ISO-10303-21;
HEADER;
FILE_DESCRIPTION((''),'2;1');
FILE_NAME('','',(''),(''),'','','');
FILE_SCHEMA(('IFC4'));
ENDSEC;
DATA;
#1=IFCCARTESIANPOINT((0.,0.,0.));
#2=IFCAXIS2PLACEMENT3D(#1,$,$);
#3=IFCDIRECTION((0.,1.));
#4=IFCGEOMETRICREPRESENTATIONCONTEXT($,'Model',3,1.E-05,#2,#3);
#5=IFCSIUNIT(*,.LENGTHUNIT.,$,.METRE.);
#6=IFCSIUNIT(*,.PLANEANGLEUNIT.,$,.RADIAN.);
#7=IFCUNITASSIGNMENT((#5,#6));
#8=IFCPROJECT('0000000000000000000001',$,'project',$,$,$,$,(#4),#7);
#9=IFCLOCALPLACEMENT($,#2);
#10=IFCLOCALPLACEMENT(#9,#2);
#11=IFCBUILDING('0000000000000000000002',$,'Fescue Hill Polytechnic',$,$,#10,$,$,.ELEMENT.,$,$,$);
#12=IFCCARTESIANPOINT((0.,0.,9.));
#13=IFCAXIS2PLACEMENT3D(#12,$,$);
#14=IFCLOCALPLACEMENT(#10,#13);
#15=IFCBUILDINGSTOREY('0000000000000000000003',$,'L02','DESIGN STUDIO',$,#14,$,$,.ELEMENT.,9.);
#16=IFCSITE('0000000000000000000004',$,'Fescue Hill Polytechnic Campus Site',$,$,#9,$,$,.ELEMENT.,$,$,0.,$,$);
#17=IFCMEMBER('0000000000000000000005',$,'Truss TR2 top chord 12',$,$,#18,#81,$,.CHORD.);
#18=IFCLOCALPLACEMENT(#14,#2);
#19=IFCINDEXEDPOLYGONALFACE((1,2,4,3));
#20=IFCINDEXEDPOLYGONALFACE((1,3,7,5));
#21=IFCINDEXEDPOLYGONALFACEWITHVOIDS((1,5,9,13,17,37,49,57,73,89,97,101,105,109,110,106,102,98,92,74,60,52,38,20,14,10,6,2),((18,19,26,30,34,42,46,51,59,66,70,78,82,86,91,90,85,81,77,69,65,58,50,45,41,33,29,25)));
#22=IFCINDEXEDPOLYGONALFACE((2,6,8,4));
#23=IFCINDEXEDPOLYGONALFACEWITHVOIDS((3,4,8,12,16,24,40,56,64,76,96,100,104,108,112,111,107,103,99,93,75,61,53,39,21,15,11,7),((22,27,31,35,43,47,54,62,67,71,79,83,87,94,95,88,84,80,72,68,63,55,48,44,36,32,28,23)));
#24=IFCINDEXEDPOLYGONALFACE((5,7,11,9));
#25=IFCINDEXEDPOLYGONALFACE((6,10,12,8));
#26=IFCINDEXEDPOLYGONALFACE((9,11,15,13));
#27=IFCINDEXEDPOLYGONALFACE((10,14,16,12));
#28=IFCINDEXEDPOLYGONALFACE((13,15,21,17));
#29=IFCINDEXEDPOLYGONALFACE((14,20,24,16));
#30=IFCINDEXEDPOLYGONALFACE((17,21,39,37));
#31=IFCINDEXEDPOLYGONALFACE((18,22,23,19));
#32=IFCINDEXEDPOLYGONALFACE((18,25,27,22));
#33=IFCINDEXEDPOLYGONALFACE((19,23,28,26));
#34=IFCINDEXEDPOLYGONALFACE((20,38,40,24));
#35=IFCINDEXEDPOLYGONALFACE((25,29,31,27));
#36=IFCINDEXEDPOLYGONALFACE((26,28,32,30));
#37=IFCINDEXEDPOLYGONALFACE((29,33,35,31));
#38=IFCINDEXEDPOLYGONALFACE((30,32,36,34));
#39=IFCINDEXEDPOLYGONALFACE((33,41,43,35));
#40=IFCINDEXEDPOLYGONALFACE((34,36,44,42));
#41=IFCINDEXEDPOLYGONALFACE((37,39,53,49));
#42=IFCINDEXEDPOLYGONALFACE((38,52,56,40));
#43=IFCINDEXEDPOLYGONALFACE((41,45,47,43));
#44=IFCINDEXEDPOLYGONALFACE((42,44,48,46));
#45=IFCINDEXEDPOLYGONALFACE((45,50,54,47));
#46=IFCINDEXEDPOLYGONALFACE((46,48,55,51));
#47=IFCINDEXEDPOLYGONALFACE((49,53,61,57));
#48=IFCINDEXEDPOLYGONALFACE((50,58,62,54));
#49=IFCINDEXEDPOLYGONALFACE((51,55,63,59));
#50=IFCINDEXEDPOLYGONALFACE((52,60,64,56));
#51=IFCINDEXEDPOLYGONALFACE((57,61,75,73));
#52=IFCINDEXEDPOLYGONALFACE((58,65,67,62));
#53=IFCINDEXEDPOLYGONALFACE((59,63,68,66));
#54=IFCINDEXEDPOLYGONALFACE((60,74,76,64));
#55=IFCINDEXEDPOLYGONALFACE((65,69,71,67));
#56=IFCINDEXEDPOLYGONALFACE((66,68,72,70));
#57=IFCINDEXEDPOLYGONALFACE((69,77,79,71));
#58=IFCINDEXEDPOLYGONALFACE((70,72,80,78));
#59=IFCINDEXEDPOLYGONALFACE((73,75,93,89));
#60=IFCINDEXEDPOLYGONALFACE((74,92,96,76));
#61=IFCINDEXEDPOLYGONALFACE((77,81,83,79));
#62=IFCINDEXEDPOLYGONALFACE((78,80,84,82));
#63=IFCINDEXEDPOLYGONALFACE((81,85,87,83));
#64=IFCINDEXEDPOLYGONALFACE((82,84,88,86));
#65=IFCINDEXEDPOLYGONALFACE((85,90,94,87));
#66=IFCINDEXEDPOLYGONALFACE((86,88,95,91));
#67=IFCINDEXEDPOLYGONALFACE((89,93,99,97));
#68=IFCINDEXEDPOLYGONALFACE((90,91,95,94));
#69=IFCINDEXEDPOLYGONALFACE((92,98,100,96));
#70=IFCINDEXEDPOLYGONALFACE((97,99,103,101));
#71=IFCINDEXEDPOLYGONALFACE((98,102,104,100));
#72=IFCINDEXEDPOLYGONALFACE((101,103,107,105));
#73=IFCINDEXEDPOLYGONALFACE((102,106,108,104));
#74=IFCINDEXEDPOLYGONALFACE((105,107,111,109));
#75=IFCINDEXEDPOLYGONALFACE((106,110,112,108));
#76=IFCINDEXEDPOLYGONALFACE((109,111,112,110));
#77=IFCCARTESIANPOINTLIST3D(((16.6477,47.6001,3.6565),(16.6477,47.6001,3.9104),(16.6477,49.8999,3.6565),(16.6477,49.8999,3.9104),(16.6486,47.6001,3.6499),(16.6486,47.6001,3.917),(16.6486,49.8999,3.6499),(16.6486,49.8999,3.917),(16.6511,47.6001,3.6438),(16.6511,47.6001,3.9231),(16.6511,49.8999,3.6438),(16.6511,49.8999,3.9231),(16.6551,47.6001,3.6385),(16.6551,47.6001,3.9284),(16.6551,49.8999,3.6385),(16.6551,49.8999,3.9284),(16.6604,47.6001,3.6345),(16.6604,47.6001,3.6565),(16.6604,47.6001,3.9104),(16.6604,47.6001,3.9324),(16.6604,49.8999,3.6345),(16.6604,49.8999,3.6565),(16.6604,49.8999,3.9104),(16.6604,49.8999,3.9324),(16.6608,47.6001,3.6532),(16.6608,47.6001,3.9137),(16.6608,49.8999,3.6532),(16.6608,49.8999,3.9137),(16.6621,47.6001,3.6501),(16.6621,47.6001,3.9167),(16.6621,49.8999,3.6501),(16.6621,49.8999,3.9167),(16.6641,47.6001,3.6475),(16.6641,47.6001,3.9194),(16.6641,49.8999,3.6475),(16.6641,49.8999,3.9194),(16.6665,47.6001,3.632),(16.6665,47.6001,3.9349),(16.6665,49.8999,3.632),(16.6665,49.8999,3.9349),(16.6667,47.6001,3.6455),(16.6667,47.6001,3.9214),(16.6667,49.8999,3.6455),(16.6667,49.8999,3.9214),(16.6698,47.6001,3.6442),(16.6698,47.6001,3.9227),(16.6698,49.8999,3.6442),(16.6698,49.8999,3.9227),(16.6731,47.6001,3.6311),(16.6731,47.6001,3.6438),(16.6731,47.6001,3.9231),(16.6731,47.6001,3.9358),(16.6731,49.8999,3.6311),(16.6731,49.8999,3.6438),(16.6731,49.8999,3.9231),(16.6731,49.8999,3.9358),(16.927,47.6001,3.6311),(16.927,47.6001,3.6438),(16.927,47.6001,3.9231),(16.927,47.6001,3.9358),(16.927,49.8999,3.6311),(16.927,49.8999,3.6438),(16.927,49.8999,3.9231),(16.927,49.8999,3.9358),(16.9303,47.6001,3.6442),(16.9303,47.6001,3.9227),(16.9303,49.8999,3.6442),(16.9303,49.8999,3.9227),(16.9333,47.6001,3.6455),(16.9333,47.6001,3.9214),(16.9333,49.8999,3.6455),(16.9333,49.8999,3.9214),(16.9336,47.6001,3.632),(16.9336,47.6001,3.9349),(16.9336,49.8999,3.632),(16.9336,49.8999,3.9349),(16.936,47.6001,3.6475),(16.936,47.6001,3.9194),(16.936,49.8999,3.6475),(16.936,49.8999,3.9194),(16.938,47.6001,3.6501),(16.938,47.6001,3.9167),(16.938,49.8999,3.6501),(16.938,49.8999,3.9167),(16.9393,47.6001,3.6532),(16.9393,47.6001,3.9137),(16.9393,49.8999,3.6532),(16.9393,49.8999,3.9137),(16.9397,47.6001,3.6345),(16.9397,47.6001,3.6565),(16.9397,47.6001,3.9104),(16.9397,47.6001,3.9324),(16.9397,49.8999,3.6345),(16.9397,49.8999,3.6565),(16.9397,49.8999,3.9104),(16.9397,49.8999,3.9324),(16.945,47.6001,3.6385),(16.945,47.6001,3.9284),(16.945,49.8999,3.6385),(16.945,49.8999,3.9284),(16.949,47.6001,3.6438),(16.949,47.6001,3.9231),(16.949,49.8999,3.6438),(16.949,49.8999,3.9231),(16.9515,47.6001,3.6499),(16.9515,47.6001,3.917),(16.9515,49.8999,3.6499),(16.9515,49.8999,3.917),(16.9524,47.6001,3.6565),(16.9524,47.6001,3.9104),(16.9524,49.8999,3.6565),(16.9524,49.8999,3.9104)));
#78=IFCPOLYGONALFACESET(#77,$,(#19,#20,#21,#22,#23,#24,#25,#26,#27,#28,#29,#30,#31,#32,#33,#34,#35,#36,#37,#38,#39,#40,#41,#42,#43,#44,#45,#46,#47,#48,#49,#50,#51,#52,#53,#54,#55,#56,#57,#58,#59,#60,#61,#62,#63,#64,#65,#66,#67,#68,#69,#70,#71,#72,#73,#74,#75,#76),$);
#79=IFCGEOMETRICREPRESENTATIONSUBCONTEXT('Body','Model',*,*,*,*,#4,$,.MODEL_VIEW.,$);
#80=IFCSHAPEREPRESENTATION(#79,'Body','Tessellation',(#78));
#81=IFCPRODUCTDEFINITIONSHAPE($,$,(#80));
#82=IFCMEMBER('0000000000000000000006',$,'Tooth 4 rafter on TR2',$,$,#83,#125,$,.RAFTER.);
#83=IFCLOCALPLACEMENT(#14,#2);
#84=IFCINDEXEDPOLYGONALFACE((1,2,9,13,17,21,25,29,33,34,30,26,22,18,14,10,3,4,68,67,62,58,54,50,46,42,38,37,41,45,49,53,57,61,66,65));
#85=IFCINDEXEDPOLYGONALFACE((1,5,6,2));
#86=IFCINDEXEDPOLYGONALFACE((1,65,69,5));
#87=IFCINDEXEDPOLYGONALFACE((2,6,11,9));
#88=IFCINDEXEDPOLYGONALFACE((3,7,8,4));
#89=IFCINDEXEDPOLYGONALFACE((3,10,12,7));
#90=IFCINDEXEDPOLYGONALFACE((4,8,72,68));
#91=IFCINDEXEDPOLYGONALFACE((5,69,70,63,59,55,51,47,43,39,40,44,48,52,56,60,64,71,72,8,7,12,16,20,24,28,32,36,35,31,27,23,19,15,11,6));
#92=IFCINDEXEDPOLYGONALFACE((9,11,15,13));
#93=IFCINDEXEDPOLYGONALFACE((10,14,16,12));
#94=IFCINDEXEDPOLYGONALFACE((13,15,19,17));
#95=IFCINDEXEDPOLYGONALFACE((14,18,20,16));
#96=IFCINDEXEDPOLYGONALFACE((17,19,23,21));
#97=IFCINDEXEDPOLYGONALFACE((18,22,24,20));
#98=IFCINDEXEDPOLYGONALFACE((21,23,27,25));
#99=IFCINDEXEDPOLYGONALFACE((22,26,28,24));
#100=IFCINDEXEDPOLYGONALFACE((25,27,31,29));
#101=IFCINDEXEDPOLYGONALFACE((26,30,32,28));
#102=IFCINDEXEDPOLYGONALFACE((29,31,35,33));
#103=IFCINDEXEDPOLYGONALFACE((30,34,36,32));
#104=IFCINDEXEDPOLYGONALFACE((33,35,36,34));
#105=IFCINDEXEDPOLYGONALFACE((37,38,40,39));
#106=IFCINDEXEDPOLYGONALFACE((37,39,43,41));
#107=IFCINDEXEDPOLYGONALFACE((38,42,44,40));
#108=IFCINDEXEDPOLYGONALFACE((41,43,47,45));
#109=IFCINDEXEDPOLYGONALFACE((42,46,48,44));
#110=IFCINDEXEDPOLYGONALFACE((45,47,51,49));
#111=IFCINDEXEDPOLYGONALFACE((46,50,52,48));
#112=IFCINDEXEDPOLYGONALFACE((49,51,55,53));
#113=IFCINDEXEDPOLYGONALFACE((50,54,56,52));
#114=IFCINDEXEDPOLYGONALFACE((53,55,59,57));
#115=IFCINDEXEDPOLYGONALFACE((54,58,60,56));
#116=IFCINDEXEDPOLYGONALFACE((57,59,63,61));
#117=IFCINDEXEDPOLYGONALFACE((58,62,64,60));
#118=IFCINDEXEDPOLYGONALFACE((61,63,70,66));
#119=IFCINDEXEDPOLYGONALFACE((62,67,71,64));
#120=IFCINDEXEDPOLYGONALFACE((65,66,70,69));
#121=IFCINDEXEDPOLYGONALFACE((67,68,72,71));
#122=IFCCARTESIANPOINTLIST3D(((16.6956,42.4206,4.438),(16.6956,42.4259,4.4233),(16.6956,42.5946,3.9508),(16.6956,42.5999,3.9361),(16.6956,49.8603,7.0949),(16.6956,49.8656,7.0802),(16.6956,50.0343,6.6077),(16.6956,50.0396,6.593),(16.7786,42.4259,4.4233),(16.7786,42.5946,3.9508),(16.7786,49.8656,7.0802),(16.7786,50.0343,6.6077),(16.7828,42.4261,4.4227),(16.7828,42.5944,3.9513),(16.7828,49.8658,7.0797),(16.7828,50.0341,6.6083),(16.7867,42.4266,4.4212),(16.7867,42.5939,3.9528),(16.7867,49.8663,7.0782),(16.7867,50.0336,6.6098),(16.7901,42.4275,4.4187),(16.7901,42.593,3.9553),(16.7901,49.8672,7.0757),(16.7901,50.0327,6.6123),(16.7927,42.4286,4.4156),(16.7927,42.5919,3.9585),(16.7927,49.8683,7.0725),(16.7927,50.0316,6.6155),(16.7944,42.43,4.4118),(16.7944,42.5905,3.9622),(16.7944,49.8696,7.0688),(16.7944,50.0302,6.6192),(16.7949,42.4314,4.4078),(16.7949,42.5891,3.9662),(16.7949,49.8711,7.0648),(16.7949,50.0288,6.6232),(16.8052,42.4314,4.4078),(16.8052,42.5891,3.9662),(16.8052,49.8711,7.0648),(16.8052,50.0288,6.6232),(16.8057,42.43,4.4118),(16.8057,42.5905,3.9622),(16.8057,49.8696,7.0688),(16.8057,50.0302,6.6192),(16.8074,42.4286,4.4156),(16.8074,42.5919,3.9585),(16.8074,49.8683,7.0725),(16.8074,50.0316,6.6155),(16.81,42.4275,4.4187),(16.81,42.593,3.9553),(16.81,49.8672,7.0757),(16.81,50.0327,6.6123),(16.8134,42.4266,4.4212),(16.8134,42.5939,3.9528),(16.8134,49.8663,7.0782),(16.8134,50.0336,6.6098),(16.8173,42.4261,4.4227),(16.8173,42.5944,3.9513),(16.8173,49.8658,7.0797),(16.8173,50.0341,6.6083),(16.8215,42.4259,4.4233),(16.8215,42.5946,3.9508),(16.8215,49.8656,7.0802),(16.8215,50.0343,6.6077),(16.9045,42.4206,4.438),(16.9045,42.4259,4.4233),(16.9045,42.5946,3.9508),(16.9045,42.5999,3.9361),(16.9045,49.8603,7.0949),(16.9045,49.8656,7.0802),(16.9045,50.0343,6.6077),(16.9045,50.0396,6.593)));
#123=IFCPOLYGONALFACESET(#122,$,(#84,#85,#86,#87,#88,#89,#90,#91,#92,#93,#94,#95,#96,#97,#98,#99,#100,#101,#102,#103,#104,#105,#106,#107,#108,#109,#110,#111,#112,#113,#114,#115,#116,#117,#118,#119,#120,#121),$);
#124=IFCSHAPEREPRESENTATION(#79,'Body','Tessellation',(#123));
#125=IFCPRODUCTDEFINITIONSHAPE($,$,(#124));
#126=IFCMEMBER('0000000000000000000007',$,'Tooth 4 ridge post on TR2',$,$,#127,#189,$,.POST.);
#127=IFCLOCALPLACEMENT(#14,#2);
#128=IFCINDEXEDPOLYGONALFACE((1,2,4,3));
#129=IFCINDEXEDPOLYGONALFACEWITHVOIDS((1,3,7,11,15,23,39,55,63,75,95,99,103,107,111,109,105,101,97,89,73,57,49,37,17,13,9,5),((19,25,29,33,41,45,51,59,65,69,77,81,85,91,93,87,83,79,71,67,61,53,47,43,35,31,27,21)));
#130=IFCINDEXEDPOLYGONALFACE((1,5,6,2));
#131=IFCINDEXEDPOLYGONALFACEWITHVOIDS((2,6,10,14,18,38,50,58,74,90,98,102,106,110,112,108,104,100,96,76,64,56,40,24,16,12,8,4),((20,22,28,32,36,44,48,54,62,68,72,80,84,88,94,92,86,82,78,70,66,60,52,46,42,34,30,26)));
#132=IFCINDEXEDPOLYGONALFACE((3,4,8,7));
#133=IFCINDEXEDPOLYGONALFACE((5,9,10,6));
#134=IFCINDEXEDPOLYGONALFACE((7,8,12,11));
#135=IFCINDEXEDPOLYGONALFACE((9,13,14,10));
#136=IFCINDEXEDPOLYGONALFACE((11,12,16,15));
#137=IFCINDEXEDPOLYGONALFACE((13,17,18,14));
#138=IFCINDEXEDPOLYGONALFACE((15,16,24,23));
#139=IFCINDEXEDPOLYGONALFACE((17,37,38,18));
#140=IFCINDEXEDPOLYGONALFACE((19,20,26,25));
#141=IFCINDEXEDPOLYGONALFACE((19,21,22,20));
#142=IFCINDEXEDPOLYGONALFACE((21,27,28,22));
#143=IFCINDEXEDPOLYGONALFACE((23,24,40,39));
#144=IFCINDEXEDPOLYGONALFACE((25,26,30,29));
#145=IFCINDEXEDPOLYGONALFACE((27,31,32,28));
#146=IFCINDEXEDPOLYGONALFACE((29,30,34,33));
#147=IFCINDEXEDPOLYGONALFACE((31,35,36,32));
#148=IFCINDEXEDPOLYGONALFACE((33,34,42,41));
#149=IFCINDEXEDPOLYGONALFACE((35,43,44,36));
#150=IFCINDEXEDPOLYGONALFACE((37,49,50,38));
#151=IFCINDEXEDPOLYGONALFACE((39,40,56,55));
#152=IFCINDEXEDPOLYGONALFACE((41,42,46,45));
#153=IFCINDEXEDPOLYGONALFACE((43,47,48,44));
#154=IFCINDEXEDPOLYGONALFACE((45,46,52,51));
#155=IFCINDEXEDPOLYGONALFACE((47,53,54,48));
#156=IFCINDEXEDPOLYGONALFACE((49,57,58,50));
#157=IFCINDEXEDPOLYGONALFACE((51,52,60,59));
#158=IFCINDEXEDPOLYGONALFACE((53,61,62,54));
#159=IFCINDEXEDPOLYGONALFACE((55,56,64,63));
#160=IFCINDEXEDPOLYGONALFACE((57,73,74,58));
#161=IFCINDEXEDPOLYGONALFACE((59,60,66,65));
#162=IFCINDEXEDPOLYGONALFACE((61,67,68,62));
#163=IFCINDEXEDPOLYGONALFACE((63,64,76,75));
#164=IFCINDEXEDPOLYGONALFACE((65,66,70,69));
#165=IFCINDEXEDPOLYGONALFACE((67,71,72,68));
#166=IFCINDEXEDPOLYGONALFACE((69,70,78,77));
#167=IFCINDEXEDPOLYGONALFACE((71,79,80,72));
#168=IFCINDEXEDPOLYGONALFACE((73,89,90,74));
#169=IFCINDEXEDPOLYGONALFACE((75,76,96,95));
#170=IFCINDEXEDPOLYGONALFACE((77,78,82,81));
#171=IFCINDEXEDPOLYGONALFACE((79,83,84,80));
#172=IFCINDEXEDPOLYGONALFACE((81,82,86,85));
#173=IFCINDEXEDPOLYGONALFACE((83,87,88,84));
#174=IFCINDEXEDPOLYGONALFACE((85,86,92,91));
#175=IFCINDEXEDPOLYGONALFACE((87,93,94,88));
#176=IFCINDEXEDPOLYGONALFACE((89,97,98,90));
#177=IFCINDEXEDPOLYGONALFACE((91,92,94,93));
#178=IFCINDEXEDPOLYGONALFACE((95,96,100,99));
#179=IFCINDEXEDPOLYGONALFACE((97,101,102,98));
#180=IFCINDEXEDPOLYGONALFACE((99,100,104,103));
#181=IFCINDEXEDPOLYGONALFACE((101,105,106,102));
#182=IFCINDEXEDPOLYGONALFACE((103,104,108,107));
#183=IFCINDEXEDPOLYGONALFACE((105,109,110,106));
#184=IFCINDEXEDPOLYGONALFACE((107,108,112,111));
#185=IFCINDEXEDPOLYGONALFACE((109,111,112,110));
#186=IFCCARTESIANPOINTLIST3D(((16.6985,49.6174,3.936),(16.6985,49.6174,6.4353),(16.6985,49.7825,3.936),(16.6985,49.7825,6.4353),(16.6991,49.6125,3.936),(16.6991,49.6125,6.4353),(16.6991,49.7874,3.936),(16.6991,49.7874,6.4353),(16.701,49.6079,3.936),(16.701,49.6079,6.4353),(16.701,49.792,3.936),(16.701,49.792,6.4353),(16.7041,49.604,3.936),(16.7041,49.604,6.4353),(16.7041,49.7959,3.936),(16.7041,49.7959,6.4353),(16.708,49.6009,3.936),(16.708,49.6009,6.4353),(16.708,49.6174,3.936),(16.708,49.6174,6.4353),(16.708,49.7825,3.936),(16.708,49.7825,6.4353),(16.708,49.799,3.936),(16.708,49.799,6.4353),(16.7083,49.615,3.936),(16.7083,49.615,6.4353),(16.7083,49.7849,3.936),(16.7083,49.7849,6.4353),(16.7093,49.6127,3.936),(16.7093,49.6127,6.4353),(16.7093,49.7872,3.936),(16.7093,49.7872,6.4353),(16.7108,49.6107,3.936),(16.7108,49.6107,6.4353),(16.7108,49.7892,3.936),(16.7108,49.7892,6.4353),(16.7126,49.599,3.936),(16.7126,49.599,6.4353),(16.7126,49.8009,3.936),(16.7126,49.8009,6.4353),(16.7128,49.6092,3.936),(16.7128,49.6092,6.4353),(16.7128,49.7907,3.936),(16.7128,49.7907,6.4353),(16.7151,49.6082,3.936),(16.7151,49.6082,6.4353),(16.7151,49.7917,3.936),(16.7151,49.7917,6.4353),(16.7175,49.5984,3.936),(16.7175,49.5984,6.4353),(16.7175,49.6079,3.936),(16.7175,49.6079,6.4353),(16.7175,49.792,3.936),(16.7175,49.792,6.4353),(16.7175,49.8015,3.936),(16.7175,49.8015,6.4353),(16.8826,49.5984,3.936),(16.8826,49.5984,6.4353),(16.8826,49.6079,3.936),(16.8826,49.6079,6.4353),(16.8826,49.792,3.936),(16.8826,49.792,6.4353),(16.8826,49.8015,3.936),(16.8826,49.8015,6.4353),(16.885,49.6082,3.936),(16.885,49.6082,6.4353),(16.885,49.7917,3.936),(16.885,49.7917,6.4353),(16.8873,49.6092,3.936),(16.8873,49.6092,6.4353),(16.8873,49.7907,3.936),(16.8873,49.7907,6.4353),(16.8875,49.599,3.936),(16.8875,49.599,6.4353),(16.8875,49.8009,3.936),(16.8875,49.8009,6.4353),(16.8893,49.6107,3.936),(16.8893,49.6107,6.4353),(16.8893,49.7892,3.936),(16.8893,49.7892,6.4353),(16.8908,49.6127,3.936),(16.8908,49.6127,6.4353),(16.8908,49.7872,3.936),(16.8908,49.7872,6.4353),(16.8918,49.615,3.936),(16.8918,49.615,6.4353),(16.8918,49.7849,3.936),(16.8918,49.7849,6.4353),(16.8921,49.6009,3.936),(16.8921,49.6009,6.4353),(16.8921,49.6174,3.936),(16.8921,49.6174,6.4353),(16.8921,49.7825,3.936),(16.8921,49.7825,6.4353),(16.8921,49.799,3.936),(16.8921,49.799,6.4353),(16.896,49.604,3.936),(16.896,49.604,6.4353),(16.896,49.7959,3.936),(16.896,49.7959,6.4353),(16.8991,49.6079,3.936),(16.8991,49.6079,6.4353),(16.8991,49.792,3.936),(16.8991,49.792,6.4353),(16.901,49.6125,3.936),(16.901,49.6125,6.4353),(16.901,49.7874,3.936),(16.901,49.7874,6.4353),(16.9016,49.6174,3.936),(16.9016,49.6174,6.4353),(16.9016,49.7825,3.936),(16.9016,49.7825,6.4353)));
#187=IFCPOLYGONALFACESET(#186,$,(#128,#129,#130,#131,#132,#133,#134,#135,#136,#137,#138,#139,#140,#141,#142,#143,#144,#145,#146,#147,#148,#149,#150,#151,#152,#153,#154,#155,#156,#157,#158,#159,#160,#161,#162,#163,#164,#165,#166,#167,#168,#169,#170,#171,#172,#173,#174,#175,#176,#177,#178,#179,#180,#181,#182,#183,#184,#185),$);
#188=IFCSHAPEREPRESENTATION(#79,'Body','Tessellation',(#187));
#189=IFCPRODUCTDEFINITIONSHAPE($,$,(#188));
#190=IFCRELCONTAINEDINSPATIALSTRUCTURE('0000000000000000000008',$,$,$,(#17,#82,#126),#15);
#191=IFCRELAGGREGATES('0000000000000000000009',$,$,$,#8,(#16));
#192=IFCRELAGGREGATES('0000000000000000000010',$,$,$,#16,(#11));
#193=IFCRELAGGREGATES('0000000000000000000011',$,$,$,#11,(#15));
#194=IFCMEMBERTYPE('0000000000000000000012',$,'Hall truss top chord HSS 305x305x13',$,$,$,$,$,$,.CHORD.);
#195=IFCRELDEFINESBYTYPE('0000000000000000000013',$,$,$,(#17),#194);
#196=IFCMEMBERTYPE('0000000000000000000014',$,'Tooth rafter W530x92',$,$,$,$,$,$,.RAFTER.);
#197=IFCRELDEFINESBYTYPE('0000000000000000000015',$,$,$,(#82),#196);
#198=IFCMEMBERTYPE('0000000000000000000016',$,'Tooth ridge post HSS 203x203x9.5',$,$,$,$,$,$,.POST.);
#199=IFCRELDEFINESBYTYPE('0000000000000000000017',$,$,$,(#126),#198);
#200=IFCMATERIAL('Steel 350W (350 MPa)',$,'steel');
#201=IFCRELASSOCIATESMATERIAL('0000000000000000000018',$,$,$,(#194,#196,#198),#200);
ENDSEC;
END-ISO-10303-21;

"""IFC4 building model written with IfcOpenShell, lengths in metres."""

from ifc_helpers import new_model, si_unit, direction, frame, origin, origin_2d, place, context, subcontext, project, spatial, hollow_rectangle, i_section, extrude, material, material_profile, profile_set, type_object, element, save


model = new_model("IFC4")

# Units and contexts
model_context = context("Model", 3, precision=1e-05, world=origin(), true_north=direction((0.0, 1.0)))
body_context = subcontext(model_context, "Body", "Model", "MODEL_VIEW")
ifc_project = project(units=[si_unit("LENGTHUNIT", "METRE"), si_unit("PLANEANGLEUNIT", "RADIAN")], contexts=[model_context])

# Site, building, storey
site_placement = place(None, origin())
site = spatial("IfcSite", under=ifc_project, at=site_placement, Name="Fescue Hill Polytechnic Campus Site", CompositionType="ELEMENT", RefElevation=0.0)
building_placement = place(site_placement, origin())
building = spatial("IfcBuilding", under=site, at=building_placement, Name="Fescue Hill Polytechnic", CompositionType="ELEMENT")
storey_placement = place(building_placement, frame((0.0, 0.0, 9.0)))
storey = spatial("IfcBuildingStorey", under=building, at=storey_placement, Name="L02", Description="DESIGN STUDIO", CompositionType="ELEMENT", Elevation=9.0)

# Members
ifc_material_1 = material(Name="Steel 350W (350 MPa)", Category="steel")
ifc_material_profile_1 = material_profile(ifc_material_1, hollow_rectangle(XDim=0.3047, YDim=0.3047, WallThickness=0.0127, InnerFilletRadius=0.0127, OuterFilletRadius=0.0254, at=origin_2d()), Name="Hall truss top chord HSS 305x305x13")
ifc_profile_set_1 = profile_set([ifc_material_profile_1], Name="Steel 350W (350 MPa)")
member_type_1 = type_object("IfcMemberType", Name="Hall truss top chord HSS 305x305x13", PredefinedType="CHORD", material=ifc_profile_set_1)
member_1_placement = place(storey_placement, frame((16.8, 47.6001, 3.7834), z_axis=(0.0, 1.0, 0.0), x_axis=(-1.0, 0.0, 0.0)))
element("IfcMember", 1, at=member_1_placement, inside=storey, type_object=member_type_1, Name="Truss TR2 top chord 12", PredefinedType="CHORD", context=body_context, shape_type="SweptSolid", body=[
    extrude(hollow_rectangle(XDim=0.3047, YDim=0.3047, WallThickness=0.0127, InnerFilletRadius=0.0127, OuterFilletRadius=0.0254, at=origin_2d()), origin(), (0.0, 0.0, 1.0), 2.2998),
])
ifc_material_profile_2 = material_profile(ifc_material_1, i_section(OverallWidth=0.209, OverallDepth=0.533, WebThickness=0.0103, FlangeThickness=0.0156, FilletRadius=0.0164, at=origin_2d()), Name="W530x92")
ifc_profile_set_2 = profile_set([ifc_material_profile_2], Name="Steel 350W (350 MPa)")
member_type_2 = type_object("IfcMemberType", Name="Tooth rafter W530x92", PredefinedType="RAFTER", material=ifc_profile_set_2)
member_2_placement = place(storey_placement, frame((16.8, 42.5103, 4.187), z_axis=(0.0, 0.941744, 0.336331), x_axis=(-1.0, 0.0, 0.0)))
element("IfcMember", 2, at=member_2_placement, inside=storey, type_object=member_type_2, Name="Tooth 4 rafter on TR2", PredefinedType="RAFTER", context=body_context, shape_type="SweptSolid", body=[
    extrude(i_section(OverallWidth=0.209, OverallDepth=0.533, WebThickness=0.0103, FlangeThickness=0.0156, FilletRadius=0.0164, at=origin_2d()), origin(), (0.0, 0.0, 1.0), 7.8999),
])
ifc_material_profile_3 = material_profile(ifc_material_1, hollow_rectangle(XDim=0.2031, YDim=0.2031, WallThickness=0.0095, InnerFilletRadius=0.0095, OuterFilletRadius=0.019, at=origin_2d()), Name="Tooth ridge post HSS 203x203x9.5")
ifc_profile_set_3 = profile_set([ifc_material_profile_3], Name="Steel 350W (350 MPa)")
member_type_3 = type_object("IfcMemberType", Name="Tooth ridge post HSS 203x203x9.5", PredefinedType="POST", material=ifc_profile_set_3)
member_3_placement = place(storey_placement, frame((16.8, 49.7, 3.936), z_axis=(0.0, 0.0, 1.0), x_axis=(1.0, 0.0, 0.0)))
element("IfcMember", 3, at=member_3_placement, inside=storey, type_object=member_type_3, Name="Tooth 4 ridge post on TR2", PredefinedType="POST", context=body_context, shape_type="SweptSolid", body=[
    extrude(hollow_rectangle(XDim=0.2031, YDim=0.2031, WallThickness=0.0095, InnerFilletRadius=0.0095, OuterFilletRadius=0.019, at=origin_2d()), origin(), (0.0, 0.0, 1.0), 2.4993),
])

save(model, "model.ifc")
